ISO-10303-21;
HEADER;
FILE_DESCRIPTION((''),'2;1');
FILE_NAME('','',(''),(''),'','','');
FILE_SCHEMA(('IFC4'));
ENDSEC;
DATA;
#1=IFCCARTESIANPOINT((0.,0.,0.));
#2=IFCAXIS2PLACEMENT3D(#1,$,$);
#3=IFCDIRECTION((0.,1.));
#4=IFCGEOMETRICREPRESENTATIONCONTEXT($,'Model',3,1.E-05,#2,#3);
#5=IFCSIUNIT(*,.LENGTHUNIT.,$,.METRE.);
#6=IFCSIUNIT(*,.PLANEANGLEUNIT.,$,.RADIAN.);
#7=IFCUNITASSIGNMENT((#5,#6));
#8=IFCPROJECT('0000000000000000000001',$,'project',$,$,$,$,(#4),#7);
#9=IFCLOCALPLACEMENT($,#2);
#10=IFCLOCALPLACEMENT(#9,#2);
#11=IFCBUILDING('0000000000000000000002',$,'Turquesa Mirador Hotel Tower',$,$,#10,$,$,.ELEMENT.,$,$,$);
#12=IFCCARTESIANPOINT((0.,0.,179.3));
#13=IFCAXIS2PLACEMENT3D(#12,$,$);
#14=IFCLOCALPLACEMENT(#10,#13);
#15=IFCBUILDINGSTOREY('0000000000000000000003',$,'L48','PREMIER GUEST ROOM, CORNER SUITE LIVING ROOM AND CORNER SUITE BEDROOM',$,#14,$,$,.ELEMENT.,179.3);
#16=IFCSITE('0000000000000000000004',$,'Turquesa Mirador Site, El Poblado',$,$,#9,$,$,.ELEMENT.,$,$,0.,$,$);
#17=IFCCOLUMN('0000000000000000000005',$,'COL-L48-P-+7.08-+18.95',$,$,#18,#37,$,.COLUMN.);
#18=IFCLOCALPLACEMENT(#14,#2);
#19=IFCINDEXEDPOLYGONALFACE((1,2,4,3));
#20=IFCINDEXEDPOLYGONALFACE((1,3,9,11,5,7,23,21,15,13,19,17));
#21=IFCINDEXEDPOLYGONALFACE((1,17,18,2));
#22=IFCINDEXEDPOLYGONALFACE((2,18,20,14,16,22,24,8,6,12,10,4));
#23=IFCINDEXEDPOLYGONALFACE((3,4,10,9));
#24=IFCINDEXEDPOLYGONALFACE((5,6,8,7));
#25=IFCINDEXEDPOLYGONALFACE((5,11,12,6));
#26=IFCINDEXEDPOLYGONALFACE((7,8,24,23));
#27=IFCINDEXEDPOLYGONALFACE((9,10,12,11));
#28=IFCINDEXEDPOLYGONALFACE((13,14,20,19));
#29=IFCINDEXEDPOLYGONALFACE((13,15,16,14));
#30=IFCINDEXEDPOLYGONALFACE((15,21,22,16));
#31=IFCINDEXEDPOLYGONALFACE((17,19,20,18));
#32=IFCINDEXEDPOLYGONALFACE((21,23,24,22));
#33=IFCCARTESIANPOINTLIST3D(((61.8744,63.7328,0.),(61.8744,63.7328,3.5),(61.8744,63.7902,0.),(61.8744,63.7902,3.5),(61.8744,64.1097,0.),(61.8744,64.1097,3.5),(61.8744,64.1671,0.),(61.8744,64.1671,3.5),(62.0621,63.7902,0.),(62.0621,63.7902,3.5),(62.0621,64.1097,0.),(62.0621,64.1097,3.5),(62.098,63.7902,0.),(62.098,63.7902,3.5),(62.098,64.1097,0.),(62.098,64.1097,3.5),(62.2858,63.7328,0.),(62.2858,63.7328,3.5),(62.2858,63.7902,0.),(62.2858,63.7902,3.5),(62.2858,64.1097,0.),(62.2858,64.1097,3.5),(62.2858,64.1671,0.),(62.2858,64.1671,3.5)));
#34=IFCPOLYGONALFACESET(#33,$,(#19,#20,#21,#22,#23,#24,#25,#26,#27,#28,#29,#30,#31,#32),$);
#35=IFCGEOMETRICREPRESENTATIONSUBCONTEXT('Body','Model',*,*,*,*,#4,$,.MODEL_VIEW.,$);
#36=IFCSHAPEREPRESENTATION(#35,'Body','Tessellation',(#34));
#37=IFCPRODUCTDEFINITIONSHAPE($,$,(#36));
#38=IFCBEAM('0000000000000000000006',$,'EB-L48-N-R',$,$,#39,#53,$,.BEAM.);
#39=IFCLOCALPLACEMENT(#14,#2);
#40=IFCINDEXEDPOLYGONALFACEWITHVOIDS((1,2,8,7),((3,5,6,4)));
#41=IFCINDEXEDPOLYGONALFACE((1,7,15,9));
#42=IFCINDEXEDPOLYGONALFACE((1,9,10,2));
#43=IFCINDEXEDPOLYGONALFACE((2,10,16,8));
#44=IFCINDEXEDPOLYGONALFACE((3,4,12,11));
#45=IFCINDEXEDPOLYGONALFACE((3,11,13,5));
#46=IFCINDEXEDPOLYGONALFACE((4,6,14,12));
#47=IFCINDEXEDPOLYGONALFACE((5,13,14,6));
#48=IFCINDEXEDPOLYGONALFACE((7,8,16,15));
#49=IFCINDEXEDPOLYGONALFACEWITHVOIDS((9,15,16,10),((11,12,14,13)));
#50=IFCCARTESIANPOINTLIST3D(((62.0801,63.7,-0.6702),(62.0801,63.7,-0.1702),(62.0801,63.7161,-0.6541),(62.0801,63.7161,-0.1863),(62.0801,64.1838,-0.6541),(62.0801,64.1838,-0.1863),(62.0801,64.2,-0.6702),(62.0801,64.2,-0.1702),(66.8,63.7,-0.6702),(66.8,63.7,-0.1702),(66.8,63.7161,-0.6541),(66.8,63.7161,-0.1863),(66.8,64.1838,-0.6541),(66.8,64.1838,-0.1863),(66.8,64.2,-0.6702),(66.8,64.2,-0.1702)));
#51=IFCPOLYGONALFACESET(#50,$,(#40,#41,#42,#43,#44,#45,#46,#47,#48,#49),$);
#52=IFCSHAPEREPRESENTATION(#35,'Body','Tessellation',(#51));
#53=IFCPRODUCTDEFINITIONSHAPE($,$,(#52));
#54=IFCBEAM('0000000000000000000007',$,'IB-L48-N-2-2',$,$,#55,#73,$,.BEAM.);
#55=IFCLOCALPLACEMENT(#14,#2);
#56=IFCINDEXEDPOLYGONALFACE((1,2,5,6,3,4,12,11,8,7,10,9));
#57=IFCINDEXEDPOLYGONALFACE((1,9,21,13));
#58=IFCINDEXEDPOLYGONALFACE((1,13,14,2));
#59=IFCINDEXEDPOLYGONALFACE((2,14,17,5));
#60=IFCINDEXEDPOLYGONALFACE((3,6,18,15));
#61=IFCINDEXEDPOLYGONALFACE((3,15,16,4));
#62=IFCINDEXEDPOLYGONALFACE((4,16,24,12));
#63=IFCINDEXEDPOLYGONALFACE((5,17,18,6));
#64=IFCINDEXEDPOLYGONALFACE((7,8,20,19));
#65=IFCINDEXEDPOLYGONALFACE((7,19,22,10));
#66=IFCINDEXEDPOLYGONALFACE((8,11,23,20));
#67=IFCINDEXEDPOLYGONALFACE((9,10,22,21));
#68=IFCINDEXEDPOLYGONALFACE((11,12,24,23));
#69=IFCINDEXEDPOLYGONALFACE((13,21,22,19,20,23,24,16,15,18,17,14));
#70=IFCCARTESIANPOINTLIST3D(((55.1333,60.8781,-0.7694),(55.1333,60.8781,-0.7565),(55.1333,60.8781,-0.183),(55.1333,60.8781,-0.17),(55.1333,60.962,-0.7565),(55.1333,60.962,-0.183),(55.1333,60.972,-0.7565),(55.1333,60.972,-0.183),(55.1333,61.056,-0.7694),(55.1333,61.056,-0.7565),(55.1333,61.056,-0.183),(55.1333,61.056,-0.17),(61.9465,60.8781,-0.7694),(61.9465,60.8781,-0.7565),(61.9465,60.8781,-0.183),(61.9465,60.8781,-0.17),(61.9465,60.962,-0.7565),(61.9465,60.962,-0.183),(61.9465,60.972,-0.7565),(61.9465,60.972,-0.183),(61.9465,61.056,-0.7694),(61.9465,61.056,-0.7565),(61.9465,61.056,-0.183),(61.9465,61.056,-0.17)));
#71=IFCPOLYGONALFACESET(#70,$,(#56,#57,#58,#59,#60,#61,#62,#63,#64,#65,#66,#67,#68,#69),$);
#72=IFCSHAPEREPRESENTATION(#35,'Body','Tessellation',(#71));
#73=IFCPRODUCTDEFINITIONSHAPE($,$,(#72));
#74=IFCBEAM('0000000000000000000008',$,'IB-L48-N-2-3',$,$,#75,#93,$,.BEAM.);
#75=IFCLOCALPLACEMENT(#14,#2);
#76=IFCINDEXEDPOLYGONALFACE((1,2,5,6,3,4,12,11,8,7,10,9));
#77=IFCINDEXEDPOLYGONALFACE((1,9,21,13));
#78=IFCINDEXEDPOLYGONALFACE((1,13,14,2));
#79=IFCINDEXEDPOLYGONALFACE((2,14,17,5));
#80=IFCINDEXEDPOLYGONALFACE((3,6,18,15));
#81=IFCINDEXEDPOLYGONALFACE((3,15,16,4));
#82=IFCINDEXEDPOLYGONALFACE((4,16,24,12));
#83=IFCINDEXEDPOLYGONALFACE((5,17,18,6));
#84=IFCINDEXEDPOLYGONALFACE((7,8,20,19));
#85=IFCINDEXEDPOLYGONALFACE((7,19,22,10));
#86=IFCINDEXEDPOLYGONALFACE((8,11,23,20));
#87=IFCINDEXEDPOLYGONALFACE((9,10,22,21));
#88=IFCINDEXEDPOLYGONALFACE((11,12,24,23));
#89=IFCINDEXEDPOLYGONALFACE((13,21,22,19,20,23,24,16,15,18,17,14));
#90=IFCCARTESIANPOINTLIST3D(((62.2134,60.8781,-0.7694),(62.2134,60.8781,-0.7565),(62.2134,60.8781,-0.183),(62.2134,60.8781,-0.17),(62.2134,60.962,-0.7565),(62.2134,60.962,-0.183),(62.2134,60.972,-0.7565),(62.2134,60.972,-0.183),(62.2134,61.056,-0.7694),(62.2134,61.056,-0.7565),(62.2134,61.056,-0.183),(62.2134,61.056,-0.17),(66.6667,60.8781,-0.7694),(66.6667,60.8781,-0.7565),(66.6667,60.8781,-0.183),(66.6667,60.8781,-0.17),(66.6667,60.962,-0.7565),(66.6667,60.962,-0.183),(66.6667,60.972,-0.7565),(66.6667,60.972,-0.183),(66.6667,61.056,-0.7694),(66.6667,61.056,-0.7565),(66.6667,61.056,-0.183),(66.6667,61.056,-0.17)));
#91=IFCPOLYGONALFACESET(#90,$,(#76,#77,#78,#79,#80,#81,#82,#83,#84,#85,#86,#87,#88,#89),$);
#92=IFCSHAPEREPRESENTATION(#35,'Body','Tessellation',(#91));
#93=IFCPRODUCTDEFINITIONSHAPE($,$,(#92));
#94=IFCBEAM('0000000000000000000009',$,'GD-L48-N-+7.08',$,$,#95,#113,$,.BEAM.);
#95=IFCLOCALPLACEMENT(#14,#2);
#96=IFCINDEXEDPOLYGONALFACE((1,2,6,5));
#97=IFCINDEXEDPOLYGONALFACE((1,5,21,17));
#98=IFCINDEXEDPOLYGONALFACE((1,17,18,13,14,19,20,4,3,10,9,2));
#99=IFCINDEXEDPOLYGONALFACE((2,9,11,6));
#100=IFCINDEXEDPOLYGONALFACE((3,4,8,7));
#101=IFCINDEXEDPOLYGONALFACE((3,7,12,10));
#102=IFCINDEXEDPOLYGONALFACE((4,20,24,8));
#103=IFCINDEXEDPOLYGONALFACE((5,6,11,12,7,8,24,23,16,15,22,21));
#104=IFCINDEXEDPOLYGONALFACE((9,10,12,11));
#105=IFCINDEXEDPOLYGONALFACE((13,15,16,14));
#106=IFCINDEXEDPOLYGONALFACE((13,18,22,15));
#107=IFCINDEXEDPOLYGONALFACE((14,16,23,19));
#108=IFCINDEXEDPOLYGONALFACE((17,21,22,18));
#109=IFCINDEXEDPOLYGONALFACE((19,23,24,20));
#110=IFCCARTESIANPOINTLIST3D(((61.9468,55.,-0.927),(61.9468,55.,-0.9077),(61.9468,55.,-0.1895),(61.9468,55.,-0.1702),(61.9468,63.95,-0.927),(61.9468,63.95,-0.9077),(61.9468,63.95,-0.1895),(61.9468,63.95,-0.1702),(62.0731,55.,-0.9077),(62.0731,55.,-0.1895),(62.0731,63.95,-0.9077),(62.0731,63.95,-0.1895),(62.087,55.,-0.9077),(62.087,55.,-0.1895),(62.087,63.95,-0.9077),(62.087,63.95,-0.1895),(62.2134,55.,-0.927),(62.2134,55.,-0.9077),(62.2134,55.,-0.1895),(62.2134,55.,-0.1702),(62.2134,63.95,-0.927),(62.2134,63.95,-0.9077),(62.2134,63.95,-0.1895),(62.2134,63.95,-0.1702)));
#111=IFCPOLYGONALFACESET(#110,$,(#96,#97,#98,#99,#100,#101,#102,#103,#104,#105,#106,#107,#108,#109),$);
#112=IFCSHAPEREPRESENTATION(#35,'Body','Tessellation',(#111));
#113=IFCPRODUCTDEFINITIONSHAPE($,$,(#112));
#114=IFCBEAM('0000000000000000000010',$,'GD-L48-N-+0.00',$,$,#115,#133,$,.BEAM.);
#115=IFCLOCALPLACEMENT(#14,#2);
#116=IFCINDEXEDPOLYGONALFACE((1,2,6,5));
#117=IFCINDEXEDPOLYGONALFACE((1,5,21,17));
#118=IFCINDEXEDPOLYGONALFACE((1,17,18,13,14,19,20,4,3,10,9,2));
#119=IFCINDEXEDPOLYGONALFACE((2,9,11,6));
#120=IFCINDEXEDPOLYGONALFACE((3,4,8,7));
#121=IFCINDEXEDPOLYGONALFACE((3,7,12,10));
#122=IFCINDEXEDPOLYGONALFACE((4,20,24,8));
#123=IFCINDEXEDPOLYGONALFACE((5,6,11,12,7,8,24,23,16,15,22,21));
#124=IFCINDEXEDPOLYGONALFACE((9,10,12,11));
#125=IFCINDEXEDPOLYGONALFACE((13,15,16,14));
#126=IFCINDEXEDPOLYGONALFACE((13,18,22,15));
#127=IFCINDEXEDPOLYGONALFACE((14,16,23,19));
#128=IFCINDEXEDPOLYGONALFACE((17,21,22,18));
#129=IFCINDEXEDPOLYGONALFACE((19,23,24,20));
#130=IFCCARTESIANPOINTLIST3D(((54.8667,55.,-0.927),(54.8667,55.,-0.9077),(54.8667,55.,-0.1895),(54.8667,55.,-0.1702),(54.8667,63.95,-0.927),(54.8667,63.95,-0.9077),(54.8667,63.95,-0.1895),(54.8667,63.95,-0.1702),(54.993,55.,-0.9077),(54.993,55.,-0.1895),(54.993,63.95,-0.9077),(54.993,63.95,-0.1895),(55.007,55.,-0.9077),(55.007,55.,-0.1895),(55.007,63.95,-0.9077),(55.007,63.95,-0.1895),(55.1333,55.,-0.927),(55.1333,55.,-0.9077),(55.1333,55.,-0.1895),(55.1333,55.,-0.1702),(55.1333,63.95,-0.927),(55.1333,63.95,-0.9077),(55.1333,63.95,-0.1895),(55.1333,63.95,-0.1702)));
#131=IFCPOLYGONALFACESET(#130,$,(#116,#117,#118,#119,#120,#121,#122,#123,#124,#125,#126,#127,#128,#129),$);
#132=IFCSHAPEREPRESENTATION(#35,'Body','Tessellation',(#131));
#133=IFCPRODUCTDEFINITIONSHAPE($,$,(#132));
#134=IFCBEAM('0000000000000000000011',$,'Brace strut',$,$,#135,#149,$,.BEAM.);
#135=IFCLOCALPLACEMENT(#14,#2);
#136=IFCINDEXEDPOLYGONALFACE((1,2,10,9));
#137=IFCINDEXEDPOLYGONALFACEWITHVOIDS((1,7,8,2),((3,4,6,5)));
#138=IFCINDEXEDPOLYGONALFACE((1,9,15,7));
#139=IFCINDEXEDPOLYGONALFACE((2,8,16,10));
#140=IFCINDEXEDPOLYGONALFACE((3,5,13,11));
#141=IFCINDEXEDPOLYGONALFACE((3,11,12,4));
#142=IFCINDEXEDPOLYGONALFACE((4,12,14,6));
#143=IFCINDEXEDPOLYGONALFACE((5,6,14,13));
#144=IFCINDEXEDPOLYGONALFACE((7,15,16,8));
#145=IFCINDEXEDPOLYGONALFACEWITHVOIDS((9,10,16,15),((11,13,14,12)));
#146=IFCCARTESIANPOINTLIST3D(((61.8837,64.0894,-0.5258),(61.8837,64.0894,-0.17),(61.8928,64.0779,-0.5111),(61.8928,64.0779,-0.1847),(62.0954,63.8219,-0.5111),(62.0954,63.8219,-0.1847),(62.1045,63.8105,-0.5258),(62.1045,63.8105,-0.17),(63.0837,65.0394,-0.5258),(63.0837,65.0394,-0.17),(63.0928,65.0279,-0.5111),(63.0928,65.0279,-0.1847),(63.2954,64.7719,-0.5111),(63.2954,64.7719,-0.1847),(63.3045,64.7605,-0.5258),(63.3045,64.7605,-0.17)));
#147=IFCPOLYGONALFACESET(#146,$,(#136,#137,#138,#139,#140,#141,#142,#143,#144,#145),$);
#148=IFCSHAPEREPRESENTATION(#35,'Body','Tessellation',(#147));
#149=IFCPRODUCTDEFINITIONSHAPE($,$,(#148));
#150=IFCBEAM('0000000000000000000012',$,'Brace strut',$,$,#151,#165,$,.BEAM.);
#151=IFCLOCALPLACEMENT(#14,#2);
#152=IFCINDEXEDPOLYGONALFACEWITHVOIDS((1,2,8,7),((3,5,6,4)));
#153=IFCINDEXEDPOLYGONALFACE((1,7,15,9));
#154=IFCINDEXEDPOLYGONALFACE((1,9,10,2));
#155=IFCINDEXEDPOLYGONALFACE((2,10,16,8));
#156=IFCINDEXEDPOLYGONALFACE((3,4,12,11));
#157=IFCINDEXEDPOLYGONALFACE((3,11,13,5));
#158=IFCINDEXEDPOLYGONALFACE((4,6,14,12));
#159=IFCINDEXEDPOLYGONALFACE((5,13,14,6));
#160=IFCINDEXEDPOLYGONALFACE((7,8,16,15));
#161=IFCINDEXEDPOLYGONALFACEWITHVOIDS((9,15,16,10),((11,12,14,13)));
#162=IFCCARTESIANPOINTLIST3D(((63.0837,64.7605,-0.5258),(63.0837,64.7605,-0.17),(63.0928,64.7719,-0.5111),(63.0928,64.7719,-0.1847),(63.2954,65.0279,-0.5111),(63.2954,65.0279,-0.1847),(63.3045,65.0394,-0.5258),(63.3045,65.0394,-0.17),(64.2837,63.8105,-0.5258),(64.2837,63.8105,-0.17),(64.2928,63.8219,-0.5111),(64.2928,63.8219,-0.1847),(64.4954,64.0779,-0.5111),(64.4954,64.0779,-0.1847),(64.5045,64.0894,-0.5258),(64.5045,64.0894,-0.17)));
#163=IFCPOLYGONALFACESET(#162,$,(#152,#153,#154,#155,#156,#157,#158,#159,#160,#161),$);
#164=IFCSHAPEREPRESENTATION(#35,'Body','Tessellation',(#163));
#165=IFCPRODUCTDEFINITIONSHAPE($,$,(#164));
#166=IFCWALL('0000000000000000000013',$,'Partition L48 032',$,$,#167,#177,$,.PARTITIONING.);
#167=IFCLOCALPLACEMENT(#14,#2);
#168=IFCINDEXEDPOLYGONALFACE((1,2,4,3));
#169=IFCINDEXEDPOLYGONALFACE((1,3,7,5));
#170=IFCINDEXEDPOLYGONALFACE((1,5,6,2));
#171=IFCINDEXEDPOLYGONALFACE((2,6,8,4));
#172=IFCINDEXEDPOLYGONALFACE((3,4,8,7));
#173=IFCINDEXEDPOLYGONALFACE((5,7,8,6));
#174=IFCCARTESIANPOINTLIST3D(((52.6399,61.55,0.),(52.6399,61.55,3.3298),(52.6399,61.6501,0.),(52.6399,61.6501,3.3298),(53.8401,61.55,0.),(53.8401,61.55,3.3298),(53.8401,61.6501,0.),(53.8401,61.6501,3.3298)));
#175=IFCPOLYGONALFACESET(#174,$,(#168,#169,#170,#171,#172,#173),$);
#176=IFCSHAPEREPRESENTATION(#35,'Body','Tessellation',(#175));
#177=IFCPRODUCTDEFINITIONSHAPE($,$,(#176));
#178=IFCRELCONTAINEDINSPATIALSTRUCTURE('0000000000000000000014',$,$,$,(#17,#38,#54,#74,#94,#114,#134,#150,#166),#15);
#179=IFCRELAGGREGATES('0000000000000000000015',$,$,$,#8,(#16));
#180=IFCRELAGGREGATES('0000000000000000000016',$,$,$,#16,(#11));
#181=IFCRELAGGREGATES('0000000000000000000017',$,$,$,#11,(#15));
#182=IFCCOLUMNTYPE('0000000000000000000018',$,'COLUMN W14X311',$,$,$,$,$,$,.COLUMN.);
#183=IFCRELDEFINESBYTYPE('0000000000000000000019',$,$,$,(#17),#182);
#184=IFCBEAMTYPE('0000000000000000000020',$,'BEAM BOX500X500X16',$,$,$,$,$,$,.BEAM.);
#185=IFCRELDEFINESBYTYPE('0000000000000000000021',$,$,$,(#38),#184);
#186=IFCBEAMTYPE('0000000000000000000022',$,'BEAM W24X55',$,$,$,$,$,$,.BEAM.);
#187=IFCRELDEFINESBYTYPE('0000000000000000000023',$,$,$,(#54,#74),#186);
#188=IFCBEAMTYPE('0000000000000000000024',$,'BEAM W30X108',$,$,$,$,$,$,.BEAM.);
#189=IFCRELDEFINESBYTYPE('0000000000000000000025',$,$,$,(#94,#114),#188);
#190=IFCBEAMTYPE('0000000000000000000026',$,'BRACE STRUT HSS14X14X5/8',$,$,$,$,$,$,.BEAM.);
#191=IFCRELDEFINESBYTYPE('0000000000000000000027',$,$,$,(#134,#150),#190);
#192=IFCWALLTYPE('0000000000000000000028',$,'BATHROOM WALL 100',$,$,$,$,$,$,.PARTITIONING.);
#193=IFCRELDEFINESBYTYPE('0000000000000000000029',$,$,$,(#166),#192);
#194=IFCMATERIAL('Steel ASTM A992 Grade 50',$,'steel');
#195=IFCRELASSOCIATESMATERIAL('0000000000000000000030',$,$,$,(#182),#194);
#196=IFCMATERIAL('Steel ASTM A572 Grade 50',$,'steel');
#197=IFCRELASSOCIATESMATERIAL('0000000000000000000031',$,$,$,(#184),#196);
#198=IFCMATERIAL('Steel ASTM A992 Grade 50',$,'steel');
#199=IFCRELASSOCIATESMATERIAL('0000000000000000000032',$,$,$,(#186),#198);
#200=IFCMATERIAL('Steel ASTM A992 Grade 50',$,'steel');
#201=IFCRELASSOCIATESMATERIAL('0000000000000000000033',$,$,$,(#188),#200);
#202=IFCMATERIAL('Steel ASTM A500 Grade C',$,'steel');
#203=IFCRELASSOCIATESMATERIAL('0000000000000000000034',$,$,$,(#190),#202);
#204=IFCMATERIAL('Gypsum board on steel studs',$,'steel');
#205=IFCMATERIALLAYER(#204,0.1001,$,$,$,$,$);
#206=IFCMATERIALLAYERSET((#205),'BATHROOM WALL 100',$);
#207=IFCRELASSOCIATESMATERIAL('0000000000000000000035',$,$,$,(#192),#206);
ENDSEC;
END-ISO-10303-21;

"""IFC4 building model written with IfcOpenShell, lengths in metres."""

from ifc_helpers import new_model, si_unit, direction, frame, frame_2d, origin, origin_2d, place, context, subcontext, project, spatial, rectangle, hollow_rectangle, i_section, extrude, material, layer, layer_set, material_profile, profile_set, type_object, element, save


model = new_model("IFC4")

# Units and contexts
model_context = context("Model", 3, precision=1e-05, world=origin(), true_north=direction((0.0, 1.0)))
body_context = subcontext(model_context, "Body", "Model", "MODEL_VIEW")
ifc_project = project(units=[si_unit("LENGTHUNIT", "METRE"), si_unit("PLANEANGLEUNIT", "RADIAN")], contexts=[model_context])

# Site, building, storey
site_placement = place(None, origin())
site = spatial("IfcSite", under=ifc_project, at=site_placement, Name="Turquesa Mirador Site, El Poblado", CompositionType="ELEMENT", RefElevation=0.0)
building_placement = place(site_placement, origin())
building = spatial("IfcBuilding", under=site, at=building_placement, Name="Turquesa Mirador Hotel Tower", CompositionType="ELEMENT")
storey_placement = place(building_placement, frame((0.0, 0.0, 179.3)))
storey = spatial("IfcBuildingStorey", under=building, at=storey_placement, Name="L48", Description="PREMIER GUEST ROOM, CORNER SUITE LIVING ROOM AND CORNER SUITE BEDROOM", CompositionType="ELEMENT", Elevation=179.3)

# Column
ifc_material_1 = material(Name="Steel ASTM A992 Grade 50", Category="steel")
ifc_material_profile_1 = material_profile(ifc_material_1, i_section(OverallWidth=0.4114, OverallDepth=0.4343, WebThickness=0.0359, FlangeThickness=0.0574, at=origin_2d()), Name="W14X311")
ifc_profile_set_1 = profile_set([ifc_material_profile_1], Name="Steel ASTM A992 Grade 50")
column_type = type_object("IfcColumnType", Name="COLUMN W14X311", PredefinedType="COLUMN", material=ifc_profile_set_1)
column_placement = place(storey_placement, frame((62.0801, 63.95, 0.0), z_axis=(0.0, 0.0, 1.0), x_axis=(1.0, 0.0, 0.0)))
element("IfcColumn", 1, at=column_placement, inside=storey, type_object=column_type, Name="COL-L48-P-+7.08-+18.95", PredefinedType="COLUMN", context=body_context, shape_type="SweptSolid", body=[
    extrude(i_section(OverallWidth=0.4114, OverallDepth=0.4343, WebThickness=0.0359, FlangeThickness=0.0574, at=origin_2d()), origin(), (0.0, 0.0, 1.0), 3.5),
])

# Beams
ifc_material_2 = material(Name="Steel ASTM A572 Grade 50", Category="steel")
ifc_material_profile_2 = material_profile(ifc_material_2, hollow_rectangle(XDim=0.5, YDim=0.5, WallThickness=0.0161, at=origin_2d()), Name="BOX500X500X16")
ifc_profile_set_2 = profile_set([ifc_material_profile_2], Name="Steel ASTM A572 Grade 50")
beam_type_1 = type_object("IfcBeamType", Name="BEAM BOX500X500X16", PredefinedType="BEAM", material=ifc_profile_set_2)
beam_1_placement = place(storey_placement, frame((62.0801, 63.95, -0.4202), z_axis=(1.0, 0.0, 0.0), x_axis=(0.0, 1.0, 0.0)))
element("IfcBeam", 2, at=beam_1_placement, inside=storey, type_object=beam_type_1, Name="EB-L48-N-R", PredefinedType="BEAM", context=body_context, shape_type="SweptSolid", body=[
    extrude(hollow_rectangle(XDim=0.5, YDim=0.5, WallThickness=0.0161, at=origin_2d()), origin(), (0.0, 0.0, 1.0), 4.72),
])
ifc_material_3 = material(Name="Steel ASTM A992 Grade 50", Category="steel")
ifc_material_profile_3 = material_profile(ifc_material_3, i_section(OverallWidth=0.178, OverallDepth=0.5994, WebThickness=0.01, FlangeThickness=0.0129, at=origin_2d()), Name="W24X55")
ifc_profile_set_3 = profile_set([ifc_material_profile_3], Name="Steel ASTM A992 Grade 50")
beam_type_2 = type_object("IfcBeamType", Name="BEAM W24X55", PredefinedType="BEAM", material=ifc_profile_set_3)
beam_2_placement = place(storey_placement, frame((55.1333, 60.967, -0.4697), z_axis=(1.0, 0.0, 0.0), x_axis=(0.0, 1.0, 0.0)))
element("IfcBeam", 3, at=beam_2_placement, inside=storey, type_object=beam_type_2, Name="IB-L48-N-2-2", PredefinedType="BEAM", context=body_context, shape_type="SweptSolid", body=[
    extrude(i_section(OverallWidth=0.178, OverallDepth=0.5994, WebThickness=0.01, FlangeThickness=0.0129, at=origin_2d()), origin(), (0.0, 0.0, 1.0), 6.8132),
])
beam_3_placement = place(storey_placement, frame((62.2134, 60.967, -0.4697), z_axis=(1.0, 0.0, 0.0), x_axis=(0.0, 1.0, 0.0)))
element("IfcBeam", 4, at=beam_3_placement, inside=storey, type_object=beam_type_2, Name="IB-L48-N-2-3", PredefinedType="BEAM", context=body_context, shape_type="SweptSolid", body=[
    extrude(i_section(OverallWidth=0.178, OverallDepth=0.5994, WebThickness=0.01, FlangeThickness=0.0129, at=origin_2d()), origin(), (0.0, 0.0, 1.0), 4.4534),
])
ifc_material_4 = material(Name="Steel ASTM A992 Grade 50", Category="steel")
ifc_material_profile_4 = material_profile(ifc_material_4, i_section(OverallWidth=0.2666, OverallDepth=0.7568, WebThickness=0.0139, FlangeThickness=0.0193, at=origin_2d()), Name="W30X108")
ifc_profile_set_4 = profile_set([ifc_material_profile_4], Name="Steel ASTM A992 Grade 50")
beam_type_3 = type_object("IfcBeamType", Name="BEAM W30X108", PredefinedType="BEAM", material=ifc_profile_set_4)
for number, where, z_axis, x_axis, name in (
    (5, (62.0801, 63.95, -0.5486), (0.0, -1.0, 0.0), (1.0, 0.0, 0.0), "GD-L48-N-+7.08"),
    (6, (55.0, 63.95, -0.5486), (0.0, -1.0, 0.0), (1.0, 0.0, 0.0), "GD-L48-N-+0.00"),
):
    element("IfcBeam", number, at=place(storey_placement, frame(where, z_axis=z_axis, x_axis=x_axis)), inside=storey, type_object=beam_type_3, Name=name, PredefinedType="BEAM", context=body_context, shape_type="SweptSolid", body=[
        extrude(i_section(OverallWidth=0.2666, OverallDepth=0.7568, WebThickness=0.0139, FlangeThickness=0.0193, at=origin_2d()), origin(), (0.0, 0.0, 1.0), 8.95),
    ])
ifc_material_5 = material(Name="Steel ASTM A500 Grade C", Category="steel")
ifc_material_profile_5 = material_profile(ifc_material_5, hollow_rectangle(XDim=0.3557, YDim=0.3557, WallThickness=0.0146, at=origin_2d()), Name="HSS14X14X5/8")
ifc_profile_set_5 = profile_set([ifc_material_profile_5], Name="Steel ASTM A500 Grade C")
beam_type_4 = type_object("IfcBeamType", Name="BRACE STRUT HSS14X14X5/8", PredefinedType="BEAM", material=ifc_profile_set_5)
for number, where, z_axis, x_axis, name in (
    (7, (63.1941, 64.8999, -0.3479), (-0.784049, -0.620699, 0.0), (0.620699, -0.784049, 0.0), "Brace strut"),
    (8, (63.1941, 64.8999, -0.3479), (0.784049, -0.620699, 0.0), (0.620699, 0.784049, 0.0), "Brace strut"),
):
    element("IfcBeam", number, at=place(storey_placement, frame(where, z_axis=z_axis, x_axis=x_axis)), inside=storey, type_object=beam_type_4, Name=name, PredefinedType="BEAM", context=body_context, shape_type="SweptSolid", body=[
        extrude(hollow_rectangle(XDim=0.3557, YDim=0.3557, WallThickness=0.0146, at=origin_2d()), origin(), (0.0, 0.0, 1.0), 1.5305),
    ])

# Wall
ifc_material_6 = material(Name="Gypsum board on steel studs", Category="steel")
ifc_layer_1 = layer(ifc_material_6, 0.1001)
ifc_layer_set_1 = layer_set([ifc_layer_1], Name="BATHROOM WALL 100")
wall_type_1 = type_object("IfcWallType", Name="BATHROOM WALL 100", PredefinedType="PARTITIONING", material=ifc_layer_set_1)
wall_1_placement = place(storey_placement, frame((52.6399, 61.6001, 0.0), z_axis=(0.0, 0.0, 1.0), x_axis=(1.0, 0.0, 0.0)))
element("IfcWall", 9, at=wall_1_placement, inside=storey, type_object=wall_type_1, Name="Partition L48 032", PredefinedType="PARTITIONING", context=body_context, shape_type="SweptSolid", body=[
    extrude(rectangle(XDim=1.2002, YDim=0.1001, at=frame_2d((0.6001, 0.0))), origin(), (0.0, 0.0, 1.0), 3.3298),
])

save(model, "model.ifc")
